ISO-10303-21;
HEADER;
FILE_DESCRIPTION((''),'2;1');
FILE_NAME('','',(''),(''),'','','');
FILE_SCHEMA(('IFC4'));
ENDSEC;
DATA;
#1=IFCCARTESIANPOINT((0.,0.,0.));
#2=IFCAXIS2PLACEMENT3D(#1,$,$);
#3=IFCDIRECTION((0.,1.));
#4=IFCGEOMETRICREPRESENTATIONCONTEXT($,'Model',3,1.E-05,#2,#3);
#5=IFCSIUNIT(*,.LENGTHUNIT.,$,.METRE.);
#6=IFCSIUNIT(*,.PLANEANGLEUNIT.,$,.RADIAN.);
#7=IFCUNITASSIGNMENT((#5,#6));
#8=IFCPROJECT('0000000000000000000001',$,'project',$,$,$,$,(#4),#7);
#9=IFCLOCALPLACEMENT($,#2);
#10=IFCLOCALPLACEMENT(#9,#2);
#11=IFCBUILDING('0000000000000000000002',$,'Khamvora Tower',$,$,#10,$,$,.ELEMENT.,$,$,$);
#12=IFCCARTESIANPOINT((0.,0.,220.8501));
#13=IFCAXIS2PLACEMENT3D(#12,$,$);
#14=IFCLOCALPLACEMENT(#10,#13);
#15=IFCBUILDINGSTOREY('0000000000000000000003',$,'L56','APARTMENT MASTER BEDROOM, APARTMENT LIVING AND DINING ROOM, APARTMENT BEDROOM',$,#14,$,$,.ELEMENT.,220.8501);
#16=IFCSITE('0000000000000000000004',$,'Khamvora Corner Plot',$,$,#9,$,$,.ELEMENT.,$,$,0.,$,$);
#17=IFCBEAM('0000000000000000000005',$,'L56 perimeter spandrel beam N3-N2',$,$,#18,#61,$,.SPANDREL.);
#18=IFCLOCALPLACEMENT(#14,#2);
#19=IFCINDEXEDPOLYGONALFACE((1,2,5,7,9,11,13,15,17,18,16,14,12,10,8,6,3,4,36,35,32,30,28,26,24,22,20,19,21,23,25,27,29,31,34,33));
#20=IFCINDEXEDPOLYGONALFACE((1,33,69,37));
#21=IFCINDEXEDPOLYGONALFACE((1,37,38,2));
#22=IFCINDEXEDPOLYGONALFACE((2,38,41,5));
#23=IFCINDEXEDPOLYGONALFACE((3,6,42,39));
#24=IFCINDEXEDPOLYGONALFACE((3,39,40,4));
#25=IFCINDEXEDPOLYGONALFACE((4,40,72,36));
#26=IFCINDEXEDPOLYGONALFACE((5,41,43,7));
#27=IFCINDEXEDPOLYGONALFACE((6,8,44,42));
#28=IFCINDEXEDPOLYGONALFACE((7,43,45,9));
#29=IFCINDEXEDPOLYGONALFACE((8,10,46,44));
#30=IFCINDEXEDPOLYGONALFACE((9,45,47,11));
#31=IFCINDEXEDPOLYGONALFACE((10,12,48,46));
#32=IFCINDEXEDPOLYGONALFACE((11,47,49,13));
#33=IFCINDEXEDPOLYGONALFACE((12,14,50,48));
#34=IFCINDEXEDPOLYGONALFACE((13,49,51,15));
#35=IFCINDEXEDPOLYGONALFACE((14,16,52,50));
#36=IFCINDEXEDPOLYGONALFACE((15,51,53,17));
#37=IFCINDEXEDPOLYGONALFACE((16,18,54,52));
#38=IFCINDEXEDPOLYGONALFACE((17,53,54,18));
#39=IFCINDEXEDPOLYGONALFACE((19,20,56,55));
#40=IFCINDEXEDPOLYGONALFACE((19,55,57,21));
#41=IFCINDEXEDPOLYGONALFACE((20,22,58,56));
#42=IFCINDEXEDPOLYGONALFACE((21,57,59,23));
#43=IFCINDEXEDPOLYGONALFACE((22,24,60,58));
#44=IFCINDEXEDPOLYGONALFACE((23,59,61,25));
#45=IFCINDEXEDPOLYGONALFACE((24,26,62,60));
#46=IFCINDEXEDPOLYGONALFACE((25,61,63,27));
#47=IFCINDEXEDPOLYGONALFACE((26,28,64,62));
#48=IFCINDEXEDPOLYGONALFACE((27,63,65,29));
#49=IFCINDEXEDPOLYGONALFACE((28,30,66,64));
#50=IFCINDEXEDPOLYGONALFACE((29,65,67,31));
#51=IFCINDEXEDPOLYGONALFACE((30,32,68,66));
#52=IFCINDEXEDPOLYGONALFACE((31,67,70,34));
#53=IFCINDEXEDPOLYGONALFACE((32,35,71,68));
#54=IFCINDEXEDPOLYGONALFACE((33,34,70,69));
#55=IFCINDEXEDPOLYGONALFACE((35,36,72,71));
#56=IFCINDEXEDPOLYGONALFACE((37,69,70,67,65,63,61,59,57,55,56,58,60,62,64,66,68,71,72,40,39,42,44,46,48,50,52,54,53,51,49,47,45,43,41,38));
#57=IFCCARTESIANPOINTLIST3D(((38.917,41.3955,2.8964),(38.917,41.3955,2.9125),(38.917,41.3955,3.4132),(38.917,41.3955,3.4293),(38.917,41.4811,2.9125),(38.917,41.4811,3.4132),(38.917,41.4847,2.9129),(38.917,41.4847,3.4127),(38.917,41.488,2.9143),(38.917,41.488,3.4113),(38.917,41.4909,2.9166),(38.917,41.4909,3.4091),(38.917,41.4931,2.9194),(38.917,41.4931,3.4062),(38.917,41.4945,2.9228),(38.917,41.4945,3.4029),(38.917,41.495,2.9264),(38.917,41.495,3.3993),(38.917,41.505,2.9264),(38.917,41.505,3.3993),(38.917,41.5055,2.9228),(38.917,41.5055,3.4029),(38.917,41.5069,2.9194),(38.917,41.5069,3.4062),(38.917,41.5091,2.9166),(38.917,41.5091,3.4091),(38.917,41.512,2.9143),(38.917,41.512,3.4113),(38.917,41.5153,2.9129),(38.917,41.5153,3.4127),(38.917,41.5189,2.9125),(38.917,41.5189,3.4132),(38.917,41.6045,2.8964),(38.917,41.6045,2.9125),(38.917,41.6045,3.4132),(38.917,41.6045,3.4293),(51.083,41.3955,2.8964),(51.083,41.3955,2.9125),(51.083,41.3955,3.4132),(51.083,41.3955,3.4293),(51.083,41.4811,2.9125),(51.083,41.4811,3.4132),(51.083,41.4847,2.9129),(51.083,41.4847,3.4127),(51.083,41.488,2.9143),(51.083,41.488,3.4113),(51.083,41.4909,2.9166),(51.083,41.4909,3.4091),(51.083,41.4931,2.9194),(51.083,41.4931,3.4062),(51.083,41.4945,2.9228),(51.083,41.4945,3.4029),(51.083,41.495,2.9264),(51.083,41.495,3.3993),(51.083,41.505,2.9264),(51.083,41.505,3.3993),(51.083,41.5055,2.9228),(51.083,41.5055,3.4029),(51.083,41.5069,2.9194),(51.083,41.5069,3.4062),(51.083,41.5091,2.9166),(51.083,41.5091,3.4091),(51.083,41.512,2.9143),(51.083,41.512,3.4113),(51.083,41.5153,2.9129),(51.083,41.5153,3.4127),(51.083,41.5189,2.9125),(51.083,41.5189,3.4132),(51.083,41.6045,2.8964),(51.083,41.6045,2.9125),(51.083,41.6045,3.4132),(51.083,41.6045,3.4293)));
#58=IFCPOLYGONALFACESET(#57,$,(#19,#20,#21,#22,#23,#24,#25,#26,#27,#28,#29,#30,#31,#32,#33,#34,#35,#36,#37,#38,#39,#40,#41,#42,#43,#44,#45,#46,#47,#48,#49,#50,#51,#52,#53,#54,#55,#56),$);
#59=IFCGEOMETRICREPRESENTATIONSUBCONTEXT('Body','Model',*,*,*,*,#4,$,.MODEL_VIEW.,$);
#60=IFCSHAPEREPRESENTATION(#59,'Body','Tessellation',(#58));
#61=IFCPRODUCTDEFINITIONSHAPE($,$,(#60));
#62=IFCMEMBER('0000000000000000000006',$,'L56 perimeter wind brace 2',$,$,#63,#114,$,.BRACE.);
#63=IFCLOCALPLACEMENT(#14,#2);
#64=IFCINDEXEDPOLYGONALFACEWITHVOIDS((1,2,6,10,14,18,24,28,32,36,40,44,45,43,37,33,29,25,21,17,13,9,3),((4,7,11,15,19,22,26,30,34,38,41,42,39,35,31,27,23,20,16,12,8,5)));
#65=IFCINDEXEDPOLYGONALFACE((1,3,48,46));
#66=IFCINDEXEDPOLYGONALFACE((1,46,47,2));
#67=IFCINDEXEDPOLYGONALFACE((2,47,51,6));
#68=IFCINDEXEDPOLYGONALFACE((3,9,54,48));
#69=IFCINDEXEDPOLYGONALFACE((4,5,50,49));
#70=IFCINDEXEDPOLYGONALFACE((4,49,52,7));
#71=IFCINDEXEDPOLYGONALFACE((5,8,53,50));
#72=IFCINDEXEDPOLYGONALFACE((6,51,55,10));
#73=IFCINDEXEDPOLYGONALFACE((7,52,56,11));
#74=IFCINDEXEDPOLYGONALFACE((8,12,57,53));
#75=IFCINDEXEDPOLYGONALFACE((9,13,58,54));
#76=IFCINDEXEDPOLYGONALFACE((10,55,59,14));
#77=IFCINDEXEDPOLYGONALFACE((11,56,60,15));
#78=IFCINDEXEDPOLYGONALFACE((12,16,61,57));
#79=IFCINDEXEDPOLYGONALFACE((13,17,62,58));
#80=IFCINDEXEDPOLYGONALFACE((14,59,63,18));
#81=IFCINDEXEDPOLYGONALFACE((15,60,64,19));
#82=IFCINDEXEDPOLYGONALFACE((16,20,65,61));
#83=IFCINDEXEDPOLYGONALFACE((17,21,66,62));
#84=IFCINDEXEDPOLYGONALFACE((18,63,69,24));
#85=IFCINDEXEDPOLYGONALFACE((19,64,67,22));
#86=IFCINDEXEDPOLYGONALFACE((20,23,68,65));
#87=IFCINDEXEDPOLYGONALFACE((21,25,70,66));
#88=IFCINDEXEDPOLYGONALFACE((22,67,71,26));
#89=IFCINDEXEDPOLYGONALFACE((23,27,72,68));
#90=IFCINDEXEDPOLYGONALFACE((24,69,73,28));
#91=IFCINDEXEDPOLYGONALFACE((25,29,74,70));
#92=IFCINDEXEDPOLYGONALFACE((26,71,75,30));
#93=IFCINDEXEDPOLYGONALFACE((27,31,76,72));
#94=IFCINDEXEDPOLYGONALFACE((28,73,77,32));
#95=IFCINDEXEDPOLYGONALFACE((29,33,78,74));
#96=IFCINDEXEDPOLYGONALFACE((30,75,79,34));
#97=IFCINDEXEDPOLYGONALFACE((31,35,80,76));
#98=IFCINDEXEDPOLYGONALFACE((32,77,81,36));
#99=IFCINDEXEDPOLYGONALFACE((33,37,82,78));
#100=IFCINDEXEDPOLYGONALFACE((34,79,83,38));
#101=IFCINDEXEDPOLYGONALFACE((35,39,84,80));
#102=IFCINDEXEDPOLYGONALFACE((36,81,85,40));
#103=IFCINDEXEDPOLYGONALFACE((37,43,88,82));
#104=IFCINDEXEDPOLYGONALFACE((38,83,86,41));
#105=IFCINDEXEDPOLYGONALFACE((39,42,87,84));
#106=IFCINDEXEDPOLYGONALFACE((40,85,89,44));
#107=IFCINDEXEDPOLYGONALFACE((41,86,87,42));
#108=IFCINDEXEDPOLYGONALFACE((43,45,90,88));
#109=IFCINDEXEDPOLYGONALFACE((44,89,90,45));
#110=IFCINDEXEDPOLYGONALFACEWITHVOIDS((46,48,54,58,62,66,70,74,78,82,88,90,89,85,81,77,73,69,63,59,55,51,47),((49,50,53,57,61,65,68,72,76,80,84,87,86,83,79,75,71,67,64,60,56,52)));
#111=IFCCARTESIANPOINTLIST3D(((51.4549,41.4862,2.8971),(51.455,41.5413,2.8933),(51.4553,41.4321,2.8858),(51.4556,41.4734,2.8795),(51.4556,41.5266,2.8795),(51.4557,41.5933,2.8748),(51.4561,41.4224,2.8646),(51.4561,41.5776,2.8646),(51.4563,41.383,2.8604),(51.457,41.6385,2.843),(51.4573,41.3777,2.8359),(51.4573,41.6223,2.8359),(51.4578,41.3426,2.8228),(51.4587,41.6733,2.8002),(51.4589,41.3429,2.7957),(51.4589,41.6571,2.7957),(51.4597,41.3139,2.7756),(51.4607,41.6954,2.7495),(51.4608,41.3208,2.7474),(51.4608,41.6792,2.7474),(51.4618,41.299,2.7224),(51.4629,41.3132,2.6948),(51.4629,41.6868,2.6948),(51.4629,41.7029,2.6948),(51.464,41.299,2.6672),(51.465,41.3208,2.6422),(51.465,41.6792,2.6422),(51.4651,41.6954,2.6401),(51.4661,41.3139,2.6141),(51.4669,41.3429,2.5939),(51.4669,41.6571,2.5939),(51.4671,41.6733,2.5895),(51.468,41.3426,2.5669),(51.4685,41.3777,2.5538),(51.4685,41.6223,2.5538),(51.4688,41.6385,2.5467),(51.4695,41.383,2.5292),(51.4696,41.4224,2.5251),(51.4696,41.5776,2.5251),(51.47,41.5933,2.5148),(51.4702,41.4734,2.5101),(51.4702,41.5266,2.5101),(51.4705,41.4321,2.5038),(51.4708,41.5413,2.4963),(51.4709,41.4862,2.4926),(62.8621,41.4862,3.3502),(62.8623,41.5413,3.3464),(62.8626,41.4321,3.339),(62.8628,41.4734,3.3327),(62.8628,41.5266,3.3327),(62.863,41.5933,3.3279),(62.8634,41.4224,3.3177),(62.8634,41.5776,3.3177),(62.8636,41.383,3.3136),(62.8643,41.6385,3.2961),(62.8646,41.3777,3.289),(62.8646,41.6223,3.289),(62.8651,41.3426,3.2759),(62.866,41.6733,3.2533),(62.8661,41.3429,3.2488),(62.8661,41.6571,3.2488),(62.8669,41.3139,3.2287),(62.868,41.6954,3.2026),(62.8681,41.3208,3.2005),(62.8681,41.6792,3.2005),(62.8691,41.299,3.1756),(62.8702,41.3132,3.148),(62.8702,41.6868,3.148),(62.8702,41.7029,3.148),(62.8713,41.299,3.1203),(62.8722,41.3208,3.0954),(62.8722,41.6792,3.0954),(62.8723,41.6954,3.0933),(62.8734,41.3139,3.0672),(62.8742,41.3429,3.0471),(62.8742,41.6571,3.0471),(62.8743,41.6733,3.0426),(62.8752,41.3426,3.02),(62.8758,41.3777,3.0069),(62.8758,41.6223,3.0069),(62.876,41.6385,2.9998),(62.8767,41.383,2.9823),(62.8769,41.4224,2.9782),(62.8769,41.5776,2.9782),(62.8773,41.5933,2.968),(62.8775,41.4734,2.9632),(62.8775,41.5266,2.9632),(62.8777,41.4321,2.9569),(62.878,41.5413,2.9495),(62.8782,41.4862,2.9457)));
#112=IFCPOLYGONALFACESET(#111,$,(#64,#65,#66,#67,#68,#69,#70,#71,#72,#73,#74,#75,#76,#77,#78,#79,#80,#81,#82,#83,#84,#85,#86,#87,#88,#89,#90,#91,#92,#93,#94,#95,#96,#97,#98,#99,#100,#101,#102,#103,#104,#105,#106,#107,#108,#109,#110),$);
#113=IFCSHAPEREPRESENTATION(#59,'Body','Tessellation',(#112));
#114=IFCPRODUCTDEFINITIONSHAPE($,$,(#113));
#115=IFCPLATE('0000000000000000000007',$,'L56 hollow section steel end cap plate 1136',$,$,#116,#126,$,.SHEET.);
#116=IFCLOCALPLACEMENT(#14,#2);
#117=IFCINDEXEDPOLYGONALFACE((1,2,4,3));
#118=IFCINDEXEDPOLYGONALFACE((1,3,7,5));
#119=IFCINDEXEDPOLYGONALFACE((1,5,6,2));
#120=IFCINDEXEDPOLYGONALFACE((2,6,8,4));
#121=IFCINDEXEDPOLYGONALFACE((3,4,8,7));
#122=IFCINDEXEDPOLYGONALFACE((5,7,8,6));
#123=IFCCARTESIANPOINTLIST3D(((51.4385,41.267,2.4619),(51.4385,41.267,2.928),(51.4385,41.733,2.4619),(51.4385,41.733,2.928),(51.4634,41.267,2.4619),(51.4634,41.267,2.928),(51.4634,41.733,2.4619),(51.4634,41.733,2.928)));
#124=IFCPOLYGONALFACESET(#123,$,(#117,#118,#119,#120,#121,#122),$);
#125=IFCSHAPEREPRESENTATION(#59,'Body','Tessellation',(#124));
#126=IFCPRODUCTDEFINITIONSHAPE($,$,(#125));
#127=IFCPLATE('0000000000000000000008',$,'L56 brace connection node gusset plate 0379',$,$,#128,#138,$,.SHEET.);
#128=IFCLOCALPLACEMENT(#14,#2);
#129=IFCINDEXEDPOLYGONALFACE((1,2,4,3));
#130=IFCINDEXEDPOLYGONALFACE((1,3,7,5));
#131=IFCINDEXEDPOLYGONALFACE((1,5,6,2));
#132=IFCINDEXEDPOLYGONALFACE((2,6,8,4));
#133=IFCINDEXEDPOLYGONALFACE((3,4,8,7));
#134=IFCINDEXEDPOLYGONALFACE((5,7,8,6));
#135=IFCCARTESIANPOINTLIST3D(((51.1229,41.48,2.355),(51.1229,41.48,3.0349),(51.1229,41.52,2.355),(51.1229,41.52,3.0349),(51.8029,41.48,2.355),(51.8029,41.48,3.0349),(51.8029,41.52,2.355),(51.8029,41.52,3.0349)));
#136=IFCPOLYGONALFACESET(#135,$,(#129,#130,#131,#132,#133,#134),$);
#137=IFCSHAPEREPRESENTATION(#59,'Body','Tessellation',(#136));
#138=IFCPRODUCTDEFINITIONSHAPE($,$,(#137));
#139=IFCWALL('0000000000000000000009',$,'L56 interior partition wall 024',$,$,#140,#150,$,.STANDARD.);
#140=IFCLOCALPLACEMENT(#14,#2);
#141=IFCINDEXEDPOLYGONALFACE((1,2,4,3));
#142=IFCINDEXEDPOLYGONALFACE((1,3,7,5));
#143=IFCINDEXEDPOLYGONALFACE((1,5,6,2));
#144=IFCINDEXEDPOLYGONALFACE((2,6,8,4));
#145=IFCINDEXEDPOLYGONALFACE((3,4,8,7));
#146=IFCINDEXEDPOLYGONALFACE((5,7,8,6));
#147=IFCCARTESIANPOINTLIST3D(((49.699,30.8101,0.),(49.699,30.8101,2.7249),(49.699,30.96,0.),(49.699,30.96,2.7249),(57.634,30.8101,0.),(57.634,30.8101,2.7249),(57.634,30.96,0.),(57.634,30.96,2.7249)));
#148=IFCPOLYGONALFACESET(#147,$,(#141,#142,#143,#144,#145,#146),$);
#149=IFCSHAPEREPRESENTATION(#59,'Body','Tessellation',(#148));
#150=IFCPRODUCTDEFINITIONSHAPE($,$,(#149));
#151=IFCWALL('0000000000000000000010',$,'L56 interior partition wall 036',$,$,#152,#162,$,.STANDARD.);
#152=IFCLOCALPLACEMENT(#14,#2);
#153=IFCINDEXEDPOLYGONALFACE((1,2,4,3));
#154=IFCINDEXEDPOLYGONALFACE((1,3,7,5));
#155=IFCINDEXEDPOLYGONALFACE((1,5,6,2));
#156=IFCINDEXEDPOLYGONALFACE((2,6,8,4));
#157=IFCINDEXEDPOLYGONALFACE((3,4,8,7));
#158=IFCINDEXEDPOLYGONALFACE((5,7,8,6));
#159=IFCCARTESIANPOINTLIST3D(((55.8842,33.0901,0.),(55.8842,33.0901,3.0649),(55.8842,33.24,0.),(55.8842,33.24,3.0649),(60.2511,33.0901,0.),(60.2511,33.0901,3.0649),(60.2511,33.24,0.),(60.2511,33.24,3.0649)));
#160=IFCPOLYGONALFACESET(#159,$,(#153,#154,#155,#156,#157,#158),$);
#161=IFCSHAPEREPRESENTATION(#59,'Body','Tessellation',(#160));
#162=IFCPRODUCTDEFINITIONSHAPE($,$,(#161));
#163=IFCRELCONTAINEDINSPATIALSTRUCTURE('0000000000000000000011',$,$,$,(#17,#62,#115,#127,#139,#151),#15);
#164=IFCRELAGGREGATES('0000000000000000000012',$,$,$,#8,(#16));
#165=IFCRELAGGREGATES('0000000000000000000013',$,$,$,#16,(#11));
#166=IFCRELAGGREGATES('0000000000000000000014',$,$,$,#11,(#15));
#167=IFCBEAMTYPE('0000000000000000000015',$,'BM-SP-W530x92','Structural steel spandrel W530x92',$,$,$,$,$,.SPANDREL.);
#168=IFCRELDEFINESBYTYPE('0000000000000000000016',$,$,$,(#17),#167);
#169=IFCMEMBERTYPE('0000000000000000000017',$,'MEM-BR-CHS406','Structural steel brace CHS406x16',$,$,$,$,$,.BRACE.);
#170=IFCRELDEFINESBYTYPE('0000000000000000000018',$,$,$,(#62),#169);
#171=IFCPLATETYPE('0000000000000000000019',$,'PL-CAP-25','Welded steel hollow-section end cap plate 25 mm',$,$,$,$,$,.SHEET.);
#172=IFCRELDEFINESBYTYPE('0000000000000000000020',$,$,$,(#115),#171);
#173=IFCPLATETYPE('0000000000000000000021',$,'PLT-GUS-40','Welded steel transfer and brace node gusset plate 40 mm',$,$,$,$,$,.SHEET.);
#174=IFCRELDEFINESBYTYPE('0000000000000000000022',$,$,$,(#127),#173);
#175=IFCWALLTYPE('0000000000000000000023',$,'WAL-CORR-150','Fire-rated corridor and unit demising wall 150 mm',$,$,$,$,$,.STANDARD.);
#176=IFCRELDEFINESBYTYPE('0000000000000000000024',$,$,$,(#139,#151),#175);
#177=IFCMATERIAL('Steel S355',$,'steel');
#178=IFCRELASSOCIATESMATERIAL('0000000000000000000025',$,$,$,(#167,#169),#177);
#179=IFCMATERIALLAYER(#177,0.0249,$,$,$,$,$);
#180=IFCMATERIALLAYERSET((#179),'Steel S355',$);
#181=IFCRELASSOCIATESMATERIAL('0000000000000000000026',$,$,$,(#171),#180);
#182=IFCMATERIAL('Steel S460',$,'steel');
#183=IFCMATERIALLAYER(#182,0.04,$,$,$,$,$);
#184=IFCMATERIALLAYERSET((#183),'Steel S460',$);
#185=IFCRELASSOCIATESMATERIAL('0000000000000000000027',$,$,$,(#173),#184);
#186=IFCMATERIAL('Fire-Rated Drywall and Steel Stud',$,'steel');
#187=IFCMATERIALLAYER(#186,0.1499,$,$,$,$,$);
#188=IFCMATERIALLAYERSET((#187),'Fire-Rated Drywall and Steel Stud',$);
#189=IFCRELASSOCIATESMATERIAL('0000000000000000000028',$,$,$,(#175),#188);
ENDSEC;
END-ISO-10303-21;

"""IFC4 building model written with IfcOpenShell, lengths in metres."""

from ifc_helpers import new_model, si_unit, direction, frame, frame_2d, origin, origin_2d, place, context, subcontext, project, spatial, rectangle, hollow_circle, i_section, extrude, material, layer, layer_set, material_profile, profile_set, type_object, element, save


model = new_model("IFC4")

# Units and contexts
model_context = context("Model", 3, precision=1e-05, world=origin(), true_north=direction((0.0, 1.0)))
body_context = subcontext(model_context, "Body", "Model", "MODEL_VIEW")
ifc_project = project(units=[si_unit("LENGTHUNIT", "METRE"), si_unit("PLANEANGLEUNIT", "RADIAN")], contexts=[model_context])

# Site, building, storey
site_placement = place(None, origin())
site = spatial("IfcSite", under=ifc_project, at=site_placement, Name="Khamvora Corner Plot", CompositionType="ELEMENT", RefElevation=0.0)
building_placement = place(site_placement, origin())
building = spatial("IfcBuilding", under=site, at=building_placement, Name="Khamvora Tower", CompositionType="ELEMENT")
storey_placement = place(building_placement, frame((0.0, 0.0, 220.8501)))
storey = spatial("IfcBuildingStorey", under=building, at=storey_placement, Name="L56", Description="APARTMENT MASTER BEDROOM, APARTMENT LIVING AND DINING ROOM, APARTMENT BEDROOM", CompositionType="ELEMENT", Elevation=220.8501)

# Shared definitions
ifc_material_1 = material(Name="Steel S355", Category="steel")

# Beam
ifc_material_profile_1 = material_profile(ifc_material_1, i_section(OverallWidth=0.209, OverallDepth=0.533, WebThickness=0.01, FlangeThickness=0.0161, FilletRadius=0.0139, at=origin_2d()), Name="W530x92")
ifc_profile_set_1 = profile_set([ifc_material_profile_1], Name="Steel S355")
beam_type_1 = type_object("IfcBeamType", Name="BM-SP-W530x92", Description="Structural steel spandrel W530x92", PredefinedType="SPANDREL", material=ifc_profile_set_1)
beam_1_placement = place(storey_placement, frame((51.083, 41.5, 3.1628), z_axis=(-1.0, 0.0, 0.0), x_axis=(0.0, -1.0, 0.0)))
element("IfcBeam", 1, at=beam_1_placement, inside=storey, type_object=beam_type_1, Name="L56 perimeter spandrel beam N3-N2", PredefinedType="SPANDREL", context=body_context, shape_type="SweptSolid", body=[
    extrude(i_section(OverallWidth=0.209, OverallDepth=0.533, WebThickness=0.01, FlangeThickness=0.0161, FilletRadius=0.0139, at=origin_2d()), origin(), (0.0, 0.0, 1.0), 12.166),
])

# Member
ifc_material_profile_2 = material_profile(ifc_material_1, hollow_circle(Radius=0.2029, WallThickness=0.0161, at=origin_2d()), Name="CHS406x16")
ifc_profile_set_2 = profile_set([ifc_material_profile_2], Name="Steel S355")
member_type = type_object("IfcMemberType", Name="MEM-BR-CHS406", Description="Structural steel brace CHS406x16", PredefinedType="BRACE", material=ifc_profile_set_2)
member_placement = place(storey_placement, frame((51.4629, 41.5, 2.6948), z_axis=(0.999212, 0.0, 0.039691), x_axis=(0.0, 1.0, 0.0)))
element("IfcMember", 2, at=member_placement, inside=storey, type_object=member_type, Name="L56 perimeter wind brace 2", PredefinedType="BRACE", context=body_context, shape_type="SweptSolid", body=[
    extrude(hollow_circle(Radius=0.2029, WallThickness=0.0161, at=origin_2d()), origin(), (0.0, 0.0, 1.0), 11.4163),
])

# Plates
ifc_layer_1 = layer(ifc_material_1, 0.0249)
ifc_layer_set_1 = layer_set([ifc_layer_1], Name="Steel S355")
plate_type_1 = type_object("IfcPlateType", Name="PL-CAP-25", Description="Welded steel hollow-section end cap plate 25 mm", PredefinedType="SHEET", material=ifc_layer_set_1)
plate_1_placement = place(storey_placement, frame((51.4509, 41.5, 2.4619), z_axis=(0.0, 0.0, 1.0), x_axis=(1.0, 0.0, 0.0)))
element("IfcPlate", 3, at=plate_1_placement, inside=storey, type_object=plate_type_1, Name="L56 hollow section steel end cap plate 1136", PredefinedType="SHEET", context=body_context, shape_type="SweptSolid", body=[
    extrude(rectangle(XDim=0.0249, YDim=0.4661, at=origin_2d()), origin(), (0.0, 0.0, 1.0), 0.4661),
])
ifc_material_2 = material(Name="Steel S460", Category="steel")
ifc_layer_2 = layer(ifc_material_2, 0.04)
ifc_layer_set_2 = layer_set([ifc_layer_2], Name="Steel S460")
plate_type_2 = type_object("IfcPlateType", Name="PLT-GUS-40", Description="Welded steel transfer and brace node gusset plate 40 mm", PredefinedType="SHEET", material=ifc_layer_set_2)
plate_2_placement = place(storey_placement, frame((51.4629, 41.5, 2.355), z_axis=(0.0, 0.0, 1.0), x_axis=(1.0, 0.0, 0.0)))
element("IfcPlate", 4, at=plate_2_placement, inside=storey, type_object=plate_type_2, Name="L56 brace connection node gusset plate 0379", PredefinedType="SHEET", context=body_context, shape_type="SweptSolid", body=[
    extrude(rectangle(XDim=0.6799, YDim=0.04, at=origin_2d()), origin(), (0.0, 0.0, 1.0), 0.6799),
])

# Wall
ifc_material_3 = material(Name="Fire-Rated Drywall and Steel Stud", Category="steel")
ifc_layer_3 = layer(ifc_material_3, 0.1499)
ifc_layer_set_3 = layer_set([ifc_layer_3], Name="Fire-Rated Drywall and Steel Stud")
wall_type_1 = type_object("IfcWallType", Name="WAL-CORR-150", Description="Fire-rated corridor and unit demising wall 150 mm", PredefinedType="STANDARD", material=ifc_layer_set_3)
wall_1_placement = place(storey_placement, frame((57.634, 30.885, 0.0), z_axis=(0.0, 0.0, 1.0), x_axis=(-1.0, 0.0, 0.0)))
element("IfcWall", 5, at=wall_1_placement, inside=storey, type_object=wall_type_1, Name="L56 interior partition wall 024", PredefinedType="STANDARD", context=body_context, shape_type="SweptSolid", body=[
    extrude(rectangle(XDim=7.9351, YDim=0.1499, at=frame_2d((3.9675, 0.0))), origin(), (0.0, 0.0, 1.0), 2.7249),
])

# Wall
wall_2_placement = place(storey_placement, frame((55.884, 33.165, 0.0), z_axis=(0.0, 0.0, 1.0), x_axis=(1.0, 0.0, 0.0)))
element("IfcWall", 6, at=wall_2_placement, inside=storey, type_object=wall_type_1, Name="L56 interior partition wall 036", PredefinedType="STANDARD", context=body_context, shape_type="SweptSolid", body=[
    extrude(rectangle(XDim=4.3669, YDim=0.1499, at=frame_2d((2.1836, 0.0))), origin(), (0.0, 0.0, 1.0), 3.0649),
])

save(model, "model.ifc")
